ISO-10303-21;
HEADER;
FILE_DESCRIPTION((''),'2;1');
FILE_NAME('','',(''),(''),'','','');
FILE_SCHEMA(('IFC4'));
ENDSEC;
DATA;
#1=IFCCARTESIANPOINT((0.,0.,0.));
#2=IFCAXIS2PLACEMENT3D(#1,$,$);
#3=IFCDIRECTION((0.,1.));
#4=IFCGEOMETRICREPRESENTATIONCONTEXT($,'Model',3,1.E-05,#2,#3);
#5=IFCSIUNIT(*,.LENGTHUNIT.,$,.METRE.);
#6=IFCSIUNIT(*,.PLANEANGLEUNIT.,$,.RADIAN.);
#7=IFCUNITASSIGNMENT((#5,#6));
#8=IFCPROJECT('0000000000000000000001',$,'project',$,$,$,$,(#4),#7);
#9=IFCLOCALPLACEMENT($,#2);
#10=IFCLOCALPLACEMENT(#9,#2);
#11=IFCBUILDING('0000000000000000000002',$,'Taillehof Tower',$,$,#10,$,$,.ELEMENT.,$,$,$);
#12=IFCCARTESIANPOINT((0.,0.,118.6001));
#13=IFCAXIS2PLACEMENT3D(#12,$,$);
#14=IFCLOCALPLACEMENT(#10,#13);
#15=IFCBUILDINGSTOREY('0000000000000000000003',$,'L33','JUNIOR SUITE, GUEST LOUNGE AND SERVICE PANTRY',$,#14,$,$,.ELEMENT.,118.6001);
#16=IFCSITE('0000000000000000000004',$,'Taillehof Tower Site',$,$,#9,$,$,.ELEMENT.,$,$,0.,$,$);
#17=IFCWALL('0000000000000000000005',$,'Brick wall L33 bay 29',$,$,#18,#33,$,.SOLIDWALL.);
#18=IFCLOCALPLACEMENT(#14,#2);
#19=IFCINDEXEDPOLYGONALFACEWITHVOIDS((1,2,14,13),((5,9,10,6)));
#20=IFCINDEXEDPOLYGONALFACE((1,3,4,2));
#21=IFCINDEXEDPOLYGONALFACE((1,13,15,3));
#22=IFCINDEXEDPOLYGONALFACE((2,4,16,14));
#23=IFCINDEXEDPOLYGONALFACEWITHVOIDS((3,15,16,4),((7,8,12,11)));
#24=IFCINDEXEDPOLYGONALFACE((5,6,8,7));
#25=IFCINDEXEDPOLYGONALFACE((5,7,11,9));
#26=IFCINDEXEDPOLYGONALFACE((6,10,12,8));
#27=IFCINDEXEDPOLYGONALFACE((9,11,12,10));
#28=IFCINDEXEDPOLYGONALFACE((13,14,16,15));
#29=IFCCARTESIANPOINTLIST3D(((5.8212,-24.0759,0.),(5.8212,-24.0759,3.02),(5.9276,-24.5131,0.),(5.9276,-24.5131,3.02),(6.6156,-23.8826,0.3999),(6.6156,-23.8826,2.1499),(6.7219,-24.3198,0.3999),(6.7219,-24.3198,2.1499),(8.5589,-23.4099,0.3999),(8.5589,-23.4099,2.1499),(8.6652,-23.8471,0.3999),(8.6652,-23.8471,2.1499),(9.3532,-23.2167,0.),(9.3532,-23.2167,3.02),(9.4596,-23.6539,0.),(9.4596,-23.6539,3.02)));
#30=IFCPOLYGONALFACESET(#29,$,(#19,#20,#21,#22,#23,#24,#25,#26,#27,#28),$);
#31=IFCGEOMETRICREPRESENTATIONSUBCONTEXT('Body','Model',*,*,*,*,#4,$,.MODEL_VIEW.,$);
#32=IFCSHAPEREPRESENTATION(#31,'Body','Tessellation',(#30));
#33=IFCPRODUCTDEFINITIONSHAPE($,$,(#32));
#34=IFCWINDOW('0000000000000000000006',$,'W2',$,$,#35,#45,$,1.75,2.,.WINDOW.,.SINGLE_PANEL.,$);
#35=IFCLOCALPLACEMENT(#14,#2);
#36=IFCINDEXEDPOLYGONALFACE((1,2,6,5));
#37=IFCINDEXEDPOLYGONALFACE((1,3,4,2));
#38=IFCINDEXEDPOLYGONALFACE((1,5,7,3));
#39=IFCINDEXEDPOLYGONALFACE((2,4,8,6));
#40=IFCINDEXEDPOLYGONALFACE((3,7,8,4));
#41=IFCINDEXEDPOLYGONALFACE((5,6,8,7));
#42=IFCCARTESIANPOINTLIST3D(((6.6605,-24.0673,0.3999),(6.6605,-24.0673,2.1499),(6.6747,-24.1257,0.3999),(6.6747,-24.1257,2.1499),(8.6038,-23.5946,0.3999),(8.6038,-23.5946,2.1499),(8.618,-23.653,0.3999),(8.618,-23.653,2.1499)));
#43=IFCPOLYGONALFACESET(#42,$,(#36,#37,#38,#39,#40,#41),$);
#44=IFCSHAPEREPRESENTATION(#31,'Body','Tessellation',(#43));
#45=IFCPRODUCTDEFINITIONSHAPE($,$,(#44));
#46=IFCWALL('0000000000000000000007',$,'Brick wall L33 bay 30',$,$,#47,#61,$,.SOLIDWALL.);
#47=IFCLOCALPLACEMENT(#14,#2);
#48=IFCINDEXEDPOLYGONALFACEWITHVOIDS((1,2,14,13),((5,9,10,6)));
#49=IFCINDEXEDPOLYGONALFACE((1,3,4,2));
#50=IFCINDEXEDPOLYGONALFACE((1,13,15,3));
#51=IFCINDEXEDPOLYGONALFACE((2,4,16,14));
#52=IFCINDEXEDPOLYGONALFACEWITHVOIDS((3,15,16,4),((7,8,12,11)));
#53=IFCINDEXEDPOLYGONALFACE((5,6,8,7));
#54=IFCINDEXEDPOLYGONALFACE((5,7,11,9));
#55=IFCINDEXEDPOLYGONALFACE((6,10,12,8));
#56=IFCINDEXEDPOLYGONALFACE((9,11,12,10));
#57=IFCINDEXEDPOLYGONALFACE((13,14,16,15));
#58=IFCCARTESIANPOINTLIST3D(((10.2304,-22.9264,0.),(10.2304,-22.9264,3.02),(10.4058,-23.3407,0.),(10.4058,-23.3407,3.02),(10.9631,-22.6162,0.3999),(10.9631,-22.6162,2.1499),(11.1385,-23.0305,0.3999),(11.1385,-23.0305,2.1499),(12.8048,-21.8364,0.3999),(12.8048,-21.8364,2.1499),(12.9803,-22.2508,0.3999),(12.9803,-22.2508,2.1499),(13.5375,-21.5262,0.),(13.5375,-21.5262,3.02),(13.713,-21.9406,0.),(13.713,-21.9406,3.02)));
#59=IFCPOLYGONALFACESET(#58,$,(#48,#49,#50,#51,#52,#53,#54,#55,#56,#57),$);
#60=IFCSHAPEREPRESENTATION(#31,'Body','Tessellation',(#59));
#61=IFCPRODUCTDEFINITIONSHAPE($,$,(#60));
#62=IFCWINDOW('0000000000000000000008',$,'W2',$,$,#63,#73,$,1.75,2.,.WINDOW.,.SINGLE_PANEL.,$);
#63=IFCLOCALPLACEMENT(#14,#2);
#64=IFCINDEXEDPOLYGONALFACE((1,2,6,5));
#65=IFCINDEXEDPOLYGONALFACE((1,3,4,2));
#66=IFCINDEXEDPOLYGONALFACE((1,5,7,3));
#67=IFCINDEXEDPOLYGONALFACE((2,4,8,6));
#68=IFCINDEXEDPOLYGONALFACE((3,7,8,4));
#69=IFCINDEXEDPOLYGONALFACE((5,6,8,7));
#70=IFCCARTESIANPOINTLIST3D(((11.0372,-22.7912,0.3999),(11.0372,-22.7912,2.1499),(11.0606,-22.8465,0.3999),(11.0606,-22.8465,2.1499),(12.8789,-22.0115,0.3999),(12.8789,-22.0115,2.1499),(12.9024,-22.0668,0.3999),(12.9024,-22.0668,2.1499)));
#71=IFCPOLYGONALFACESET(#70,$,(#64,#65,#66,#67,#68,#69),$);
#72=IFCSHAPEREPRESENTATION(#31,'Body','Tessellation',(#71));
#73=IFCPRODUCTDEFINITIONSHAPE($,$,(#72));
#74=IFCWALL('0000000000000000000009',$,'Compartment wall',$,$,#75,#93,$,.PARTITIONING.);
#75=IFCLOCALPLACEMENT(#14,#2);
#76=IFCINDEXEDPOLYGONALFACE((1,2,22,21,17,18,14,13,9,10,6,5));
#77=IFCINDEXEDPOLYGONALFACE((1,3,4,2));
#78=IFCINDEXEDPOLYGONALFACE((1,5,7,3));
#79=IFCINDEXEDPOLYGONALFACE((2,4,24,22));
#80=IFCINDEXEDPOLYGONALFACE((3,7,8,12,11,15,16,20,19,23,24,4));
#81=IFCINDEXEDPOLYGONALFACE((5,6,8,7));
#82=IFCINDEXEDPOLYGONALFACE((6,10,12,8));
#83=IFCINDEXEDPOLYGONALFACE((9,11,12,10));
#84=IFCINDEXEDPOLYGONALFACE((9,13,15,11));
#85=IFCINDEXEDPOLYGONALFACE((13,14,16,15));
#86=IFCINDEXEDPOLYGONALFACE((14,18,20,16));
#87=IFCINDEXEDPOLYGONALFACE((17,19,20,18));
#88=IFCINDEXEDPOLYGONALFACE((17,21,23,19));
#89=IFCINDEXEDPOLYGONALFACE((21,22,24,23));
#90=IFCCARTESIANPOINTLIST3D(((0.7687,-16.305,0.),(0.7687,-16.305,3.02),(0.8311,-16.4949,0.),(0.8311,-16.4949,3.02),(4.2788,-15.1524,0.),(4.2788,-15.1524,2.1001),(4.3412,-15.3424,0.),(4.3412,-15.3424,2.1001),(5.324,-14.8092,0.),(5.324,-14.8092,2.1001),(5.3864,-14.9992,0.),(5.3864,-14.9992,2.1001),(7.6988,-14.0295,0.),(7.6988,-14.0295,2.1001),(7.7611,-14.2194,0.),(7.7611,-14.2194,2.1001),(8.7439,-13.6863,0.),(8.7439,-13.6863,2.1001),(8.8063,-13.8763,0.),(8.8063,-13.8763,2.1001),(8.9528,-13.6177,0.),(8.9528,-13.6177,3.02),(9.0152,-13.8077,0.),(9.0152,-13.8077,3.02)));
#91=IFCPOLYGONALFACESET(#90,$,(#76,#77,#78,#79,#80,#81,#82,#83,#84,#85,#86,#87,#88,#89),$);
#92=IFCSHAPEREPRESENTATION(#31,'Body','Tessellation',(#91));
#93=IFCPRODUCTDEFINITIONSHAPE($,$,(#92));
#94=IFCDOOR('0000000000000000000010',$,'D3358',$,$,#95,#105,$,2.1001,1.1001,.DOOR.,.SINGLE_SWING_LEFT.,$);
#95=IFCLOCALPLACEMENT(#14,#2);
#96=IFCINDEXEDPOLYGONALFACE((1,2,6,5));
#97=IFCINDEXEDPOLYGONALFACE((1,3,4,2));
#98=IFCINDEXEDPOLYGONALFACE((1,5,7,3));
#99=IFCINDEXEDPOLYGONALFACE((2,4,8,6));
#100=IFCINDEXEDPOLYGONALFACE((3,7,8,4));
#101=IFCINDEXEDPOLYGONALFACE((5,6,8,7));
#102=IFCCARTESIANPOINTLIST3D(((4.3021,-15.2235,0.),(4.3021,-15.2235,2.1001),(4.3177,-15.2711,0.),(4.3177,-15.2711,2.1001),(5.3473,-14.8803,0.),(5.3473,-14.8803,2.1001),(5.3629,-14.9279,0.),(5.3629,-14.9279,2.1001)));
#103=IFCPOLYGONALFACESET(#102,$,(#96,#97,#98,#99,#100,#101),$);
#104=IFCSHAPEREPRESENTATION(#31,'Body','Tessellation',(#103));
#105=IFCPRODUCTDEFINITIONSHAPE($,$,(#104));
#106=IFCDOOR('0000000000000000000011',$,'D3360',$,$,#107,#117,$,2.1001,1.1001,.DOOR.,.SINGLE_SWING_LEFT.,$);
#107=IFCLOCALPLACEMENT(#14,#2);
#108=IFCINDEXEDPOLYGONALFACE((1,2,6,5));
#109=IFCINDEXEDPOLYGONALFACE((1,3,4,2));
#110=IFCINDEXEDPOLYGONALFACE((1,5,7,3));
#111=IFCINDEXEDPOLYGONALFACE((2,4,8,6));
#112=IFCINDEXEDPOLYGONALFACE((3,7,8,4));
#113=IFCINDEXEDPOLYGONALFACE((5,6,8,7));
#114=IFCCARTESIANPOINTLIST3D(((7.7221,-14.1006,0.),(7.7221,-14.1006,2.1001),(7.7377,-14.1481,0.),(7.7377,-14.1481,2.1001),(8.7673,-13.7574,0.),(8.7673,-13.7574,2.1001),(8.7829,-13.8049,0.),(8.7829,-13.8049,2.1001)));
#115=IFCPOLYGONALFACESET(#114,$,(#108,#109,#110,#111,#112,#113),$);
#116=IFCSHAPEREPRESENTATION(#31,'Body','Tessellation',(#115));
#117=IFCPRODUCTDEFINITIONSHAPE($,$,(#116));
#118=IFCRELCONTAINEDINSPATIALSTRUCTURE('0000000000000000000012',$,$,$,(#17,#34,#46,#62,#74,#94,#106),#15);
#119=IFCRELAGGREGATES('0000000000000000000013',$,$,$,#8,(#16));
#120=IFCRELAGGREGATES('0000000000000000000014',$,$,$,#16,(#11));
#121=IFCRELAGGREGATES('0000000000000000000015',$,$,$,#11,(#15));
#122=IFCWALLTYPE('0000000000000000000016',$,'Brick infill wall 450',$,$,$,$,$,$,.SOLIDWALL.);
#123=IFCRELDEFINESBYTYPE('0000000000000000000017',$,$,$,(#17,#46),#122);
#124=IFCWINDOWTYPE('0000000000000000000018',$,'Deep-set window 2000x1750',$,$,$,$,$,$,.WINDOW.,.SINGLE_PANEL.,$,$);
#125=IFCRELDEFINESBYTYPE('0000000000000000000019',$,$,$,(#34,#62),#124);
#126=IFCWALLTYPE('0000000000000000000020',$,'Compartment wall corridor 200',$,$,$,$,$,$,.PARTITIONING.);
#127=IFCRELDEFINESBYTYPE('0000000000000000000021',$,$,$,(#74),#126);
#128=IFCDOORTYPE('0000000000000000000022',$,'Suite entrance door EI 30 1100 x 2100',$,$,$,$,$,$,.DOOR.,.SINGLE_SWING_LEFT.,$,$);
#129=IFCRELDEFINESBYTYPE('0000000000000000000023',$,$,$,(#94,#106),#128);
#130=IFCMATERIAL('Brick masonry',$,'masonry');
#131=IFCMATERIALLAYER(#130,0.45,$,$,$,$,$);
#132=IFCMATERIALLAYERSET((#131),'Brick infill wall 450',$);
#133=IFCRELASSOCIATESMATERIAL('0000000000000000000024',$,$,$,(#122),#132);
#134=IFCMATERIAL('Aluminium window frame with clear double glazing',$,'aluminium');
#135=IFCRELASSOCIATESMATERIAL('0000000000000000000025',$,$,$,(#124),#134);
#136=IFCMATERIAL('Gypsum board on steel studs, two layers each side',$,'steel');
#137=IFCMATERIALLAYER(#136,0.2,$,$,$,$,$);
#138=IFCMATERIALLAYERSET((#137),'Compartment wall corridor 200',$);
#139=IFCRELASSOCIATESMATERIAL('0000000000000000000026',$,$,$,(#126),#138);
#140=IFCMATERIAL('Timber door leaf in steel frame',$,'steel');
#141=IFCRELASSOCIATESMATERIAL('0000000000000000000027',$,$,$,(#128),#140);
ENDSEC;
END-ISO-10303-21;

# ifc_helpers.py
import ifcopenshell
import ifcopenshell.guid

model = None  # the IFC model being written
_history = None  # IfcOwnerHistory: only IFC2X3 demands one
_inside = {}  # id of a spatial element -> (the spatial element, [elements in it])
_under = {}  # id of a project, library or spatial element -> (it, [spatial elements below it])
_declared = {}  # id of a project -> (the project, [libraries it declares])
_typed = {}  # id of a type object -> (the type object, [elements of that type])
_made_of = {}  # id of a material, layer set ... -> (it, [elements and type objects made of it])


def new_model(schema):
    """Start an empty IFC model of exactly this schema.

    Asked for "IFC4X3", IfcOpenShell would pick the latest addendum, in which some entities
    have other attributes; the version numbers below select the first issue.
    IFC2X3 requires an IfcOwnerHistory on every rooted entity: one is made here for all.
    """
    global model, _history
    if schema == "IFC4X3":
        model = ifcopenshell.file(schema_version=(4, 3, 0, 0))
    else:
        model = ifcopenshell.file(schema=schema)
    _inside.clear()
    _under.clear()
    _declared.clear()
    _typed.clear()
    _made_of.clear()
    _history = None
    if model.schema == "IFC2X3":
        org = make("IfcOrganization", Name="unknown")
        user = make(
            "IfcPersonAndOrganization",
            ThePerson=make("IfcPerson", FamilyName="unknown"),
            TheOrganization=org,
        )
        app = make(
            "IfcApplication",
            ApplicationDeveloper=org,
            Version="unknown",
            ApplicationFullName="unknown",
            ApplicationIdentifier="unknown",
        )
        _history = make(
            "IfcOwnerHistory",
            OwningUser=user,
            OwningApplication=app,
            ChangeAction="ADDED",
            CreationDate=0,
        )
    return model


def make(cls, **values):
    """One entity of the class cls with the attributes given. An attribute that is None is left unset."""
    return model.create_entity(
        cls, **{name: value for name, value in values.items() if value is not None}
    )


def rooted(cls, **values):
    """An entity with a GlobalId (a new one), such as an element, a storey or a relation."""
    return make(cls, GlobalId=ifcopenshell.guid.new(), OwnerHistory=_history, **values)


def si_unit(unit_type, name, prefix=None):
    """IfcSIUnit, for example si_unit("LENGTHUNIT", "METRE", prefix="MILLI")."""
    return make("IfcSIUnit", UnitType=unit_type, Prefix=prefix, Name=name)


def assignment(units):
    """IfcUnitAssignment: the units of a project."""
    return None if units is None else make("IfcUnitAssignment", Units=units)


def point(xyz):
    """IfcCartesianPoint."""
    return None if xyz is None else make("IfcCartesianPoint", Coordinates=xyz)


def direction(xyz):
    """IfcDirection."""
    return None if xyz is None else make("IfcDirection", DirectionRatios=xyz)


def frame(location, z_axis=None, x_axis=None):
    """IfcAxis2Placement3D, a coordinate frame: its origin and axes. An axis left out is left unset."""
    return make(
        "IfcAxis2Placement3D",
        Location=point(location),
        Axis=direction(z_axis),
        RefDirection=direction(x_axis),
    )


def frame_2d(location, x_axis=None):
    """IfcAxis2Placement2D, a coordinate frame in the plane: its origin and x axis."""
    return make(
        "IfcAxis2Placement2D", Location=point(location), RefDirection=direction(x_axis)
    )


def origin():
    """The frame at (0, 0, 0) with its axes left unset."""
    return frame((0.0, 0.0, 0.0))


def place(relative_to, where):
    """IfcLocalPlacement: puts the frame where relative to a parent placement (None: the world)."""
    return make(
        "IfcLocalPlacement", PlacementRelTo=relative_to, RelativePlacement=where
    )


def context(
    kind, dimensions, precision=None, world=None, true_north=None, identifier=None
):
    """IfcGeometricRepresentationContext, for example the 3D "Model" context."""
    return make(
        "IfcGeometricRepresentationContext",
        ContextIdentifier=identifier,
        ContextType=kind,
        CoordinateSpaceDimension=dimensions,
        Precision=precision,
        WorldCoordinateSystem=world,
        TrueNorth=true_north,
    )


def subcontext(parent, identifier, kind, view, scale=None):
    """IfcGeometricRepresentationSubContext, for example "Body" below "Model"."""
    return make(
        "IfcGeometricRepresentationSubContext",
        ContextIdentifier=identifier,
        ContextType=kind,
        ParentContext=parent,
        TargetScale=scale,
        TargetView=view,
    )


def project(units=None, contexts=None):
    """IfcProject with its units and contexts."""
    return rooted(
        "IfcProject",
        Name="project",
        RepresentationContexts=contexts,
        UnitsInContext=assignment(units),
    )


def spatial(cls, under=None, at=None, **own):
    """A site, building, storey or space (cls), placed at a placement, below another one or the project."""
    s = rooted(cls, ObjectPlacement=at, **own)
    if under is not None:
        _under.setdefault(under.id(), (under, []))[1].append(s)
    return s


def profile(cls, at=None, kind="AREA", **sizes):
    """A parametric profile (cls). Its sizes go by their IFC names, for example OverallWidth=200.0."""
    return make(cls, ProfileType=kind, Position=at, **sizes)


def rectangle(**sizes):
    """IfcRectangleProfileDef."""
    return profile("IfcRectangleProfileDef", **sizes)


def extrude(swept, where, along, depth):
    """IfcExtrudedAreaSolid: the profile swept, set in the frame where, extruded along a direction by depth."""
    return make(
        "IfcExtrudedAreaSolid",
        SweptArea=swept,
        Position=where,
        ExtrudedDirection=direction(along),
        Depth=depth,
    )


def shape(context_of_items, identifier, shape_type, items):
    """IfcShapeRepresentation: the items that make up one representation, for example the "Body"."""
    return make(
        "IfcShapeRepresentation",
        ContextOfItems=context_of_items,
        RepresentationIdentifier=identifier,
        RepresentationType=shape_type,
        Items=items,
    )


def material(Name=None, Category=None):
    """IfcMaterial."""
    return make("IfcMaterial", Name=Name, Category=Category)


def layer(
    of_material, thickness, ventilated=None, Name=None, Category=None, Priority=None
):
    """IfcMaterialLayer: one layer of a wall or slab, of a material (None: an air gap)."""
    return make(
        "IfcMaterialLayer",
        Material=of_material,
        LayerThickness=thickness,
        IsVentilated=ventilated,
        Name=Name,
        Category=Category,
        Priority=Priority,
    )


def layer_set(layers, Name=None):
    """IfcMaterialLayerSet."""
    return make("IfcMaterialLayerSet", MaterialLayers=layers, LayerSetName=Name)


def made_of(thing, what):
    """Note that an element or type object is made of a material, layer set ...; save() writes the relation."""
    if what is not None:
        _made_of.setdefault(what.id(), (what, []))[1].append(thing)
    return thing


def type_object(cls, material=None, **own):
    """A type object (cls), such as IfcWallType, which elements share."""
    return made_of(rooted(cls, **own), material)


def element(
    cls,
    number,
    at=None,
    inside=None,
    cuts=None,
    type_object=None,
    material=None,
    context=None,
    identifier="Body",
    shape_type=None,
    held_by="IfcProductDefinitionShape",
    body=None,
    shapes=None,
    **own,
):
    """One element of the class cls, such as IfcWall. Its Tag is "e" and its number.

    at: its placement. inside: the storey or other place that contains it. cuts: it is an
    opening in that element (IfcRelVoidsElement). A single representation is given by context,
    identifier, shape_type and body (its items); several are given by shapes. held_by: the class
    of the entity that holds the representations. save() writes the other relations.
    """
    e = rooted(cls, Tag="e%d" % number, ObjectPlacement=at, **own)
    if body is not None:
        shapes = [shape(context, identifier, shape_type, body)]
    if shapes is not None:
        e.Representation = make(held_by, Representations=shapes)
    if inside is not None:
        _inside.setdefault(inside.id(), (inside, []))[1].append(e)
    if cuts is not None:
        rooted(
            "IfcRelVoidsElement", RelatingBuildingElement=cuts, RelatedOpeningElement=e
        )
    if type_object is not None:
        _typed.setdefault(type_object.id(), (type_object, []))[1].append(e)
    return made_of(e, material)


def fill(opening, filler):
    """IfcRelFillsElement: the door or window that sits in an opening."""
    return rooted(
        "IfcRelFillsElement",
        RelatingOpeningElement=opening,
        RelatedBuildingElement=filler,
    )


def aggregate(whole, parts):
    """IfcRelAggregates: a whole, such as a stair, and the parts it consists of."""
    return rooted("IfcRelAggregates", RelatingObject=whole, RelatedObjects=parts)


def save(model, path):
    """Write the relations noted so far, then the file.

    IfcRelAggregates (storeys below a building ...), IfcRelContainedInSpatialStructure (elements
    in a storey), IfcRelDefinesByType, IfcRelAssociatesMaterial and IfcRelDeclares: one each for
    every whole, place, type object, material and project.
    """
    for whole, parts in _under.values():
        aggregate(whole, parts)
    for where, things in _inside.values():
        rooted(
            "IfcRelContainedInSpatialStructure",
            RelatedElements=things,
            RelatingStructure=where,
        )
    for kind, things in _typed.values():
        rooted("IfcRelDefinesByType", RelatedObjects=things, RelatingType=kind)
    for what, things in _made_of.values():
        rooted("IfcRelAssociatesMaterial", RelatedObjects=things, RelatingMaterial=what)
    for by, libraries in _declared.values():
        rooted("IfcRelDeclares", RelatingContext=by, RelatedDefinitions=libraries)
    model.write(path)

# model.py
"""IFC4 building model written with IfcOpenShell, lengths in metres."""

from ifc_helpers import new_model, si_unit, direction, frame, frame_2d, origin, place, context, subcontext, project, spatial, rectangle, extrude, material, layer, layer_set, type_object, element, fill, save


model = new_model("IFC4")

# Units and contexts
model_context = context("Model", 3, precision=1e-05, world=origin(), true_north=direction((0.0, 1.0)))
body_context = subcontext(model_context, "Body", "Model", "MODEL_VIEW")
ifc_project = project(units=[si_unit("LENGTHUNIT", "METRE"), si_unit("PLANEANGLEUNIT", "RADIAN")], contexts=[model_context])

# Site, building, storey
site_placement = place(None, origin())
site = spatial("IfcSite", under=ifc_project, at=site_placement, Name="Taillehof Tower Site", CompositionType="ELEMENT", RefElevation=0.0)
building_placement = place(site_placement, origin())
building = spatial("IfcBuilding", under=site, at=building_placement, Name="Taillehof Tower", CompositionType="ELEMENT")
storey_placement = place(building_placement, frame((0.0, 0.0, 118.6001)))
storey = spatial("IfcBuildingStorey", under=building, at=storey_placement, Name="L33", Description="JUNIOR SUITE, GUEST LOUNGE AND SERVICE PANTRY", CompositionType="ELEMENT", Elevation=118.6001)

# Walls, openings, windows
ifc_material_1 = material(Name="Brick masonry", Category="masonry")
ifc_layer_1 = layer(ifc_material_1, 0.45)
ifc_layer_set_1 = layer_set([ifc_layer_1], Name="Brick infill wall 450")
wall_type_1 = type_object("IfcWallType", Name="Brick infill wall 450", PredefinedType="SOLIDWALL", material=ifc_layer_set_1)
ifc_material_2 = material(Name="Aluminium window frame with clear double glazing", Category="aluminium")
window_type = type_object("IfcWindowType", Name="Deep-set window 2000x1750", PartitioningType="SINGLE_PANEL", PredefinedType="WINDOW", material=ifc_material_2)
wall_1_placement = place(storey_placement, frame((5.8745, -24.2944, 0.0), z_axis=(0.0, 0.0, 1.0), x_axis=(0.971668, 0.236352, 0.0)))
wall_1 = element("IfcWall", 1, at=wall_1_placement, inside=storey, type_object=wall_type_1, Name="Brick wall L33 bay 29", PredefinedType="SOLIDWALL", context=body_context, shape_type="SweptSolid", body=[
    extrude(rectangle(XDim=3.635, YDim=0.45, at=frame_2d((1.8174, 0.0))), origin(), (0.0, 0.0, 1.0), 3.02),
])
opening_1_placement = place(wall_1_placement, frame((0.8174, 0.0, 0.3999)))
opening_1 = element("IfcOpeningElement", 2, at=opening_1_placement, cuts=wall_1, PredefinedType="OPENING", context=body_context, shape_type="SweptSolid", body=[
    extrude(rectangle(XDim=2.0, YDim=1.75, at=frame_2d((1.0, 0.875))), frame((0.0, 0.2349, 0.0), z_axis=(0.0, -1.0, 0.0), x_axis=(1.0, 0.0, 0.0)), (0.0, 0.0, 1.0), 0.47),
])
window_1_placement = place(opening_1_placement, origin())
window_1 = element("IfcWindow", 3, at=window_1_placement, inside=storey, type_object=window_type, Name="W2", OverallHeight=1.75, OverallWidth=2.0, PartitioningType="SINGLE_PANEL", PredefinedType="WINDOW", context=body_context, shape_type="SweptSolid", body=[
    extrude(rectangle(XDim=2.0, YDim=1.75, at=frame_2d((1.0, 0.875))), frame((0.0, 0.0349, 0.0), z_axis=(0.0, -1.0, 0.0), x_axis=(1.0, 0.0, 0.0)), (0.0, 0.0, 1.0), 0.0601),
])
fill(opening_1, window_1)
wall_2_placement = place(storey_placement, frame((10.3181, -23.1335, 0.0), z_axis=(0.0, 0.0, 1.0), x_axis=(0.92087, 0.389871, 0.0)))
wall_2 = element("IfcWall", 4, at=wall_2_placement, inside=storey, type_object=wall_type_1, Name="Brick wall L33 bay 30", PredefinedType="SOLIDWALL", context=body_context, shape_type="SweptSolid", body=[
    extrude(rectangle(XDim=3.5913, YDim=0.45, at=frame_2d((1.7957, 0.0))), origin(), (0.0, 0.0, 1.0), 3.02),
])
opening_2_placement = place(wall_2_placement, frame((0.7957, 0.0, 0.3999)))
opening_2 = element("IfcOpeningElement", 5, at=opening_2_placement, cuts=wall_2, PredefinedType="OPENING", context=body_context, shape_type="SweptSolid", body=[
    extrude(rectangle(XDim=2.0, YDim=1.75, at=frame_2d((1.0, 0.875))), frame((0.0, 0.2349, 0.0), z_axis=(0.0, -1.0, 0.0), x_axis=(1.0, 0.0, 0.0)), (0.0, 0.0, 1.0), 0.47),
])
window_2_placement = place(opening_2_placement, origin())
window_2 = element("IfcWindow", 6, at=window_2_placement, inside=storey, type_object=window_type, Name="W2", OverallHeight=1.75, OverallWidth=2.0, PartitioningType="SINGLE_PANEL", PredefinedType="WINDOW", context=body_context, shape_type="SweptSolid", body=[
    extrude(rectangle(XDim=2.0, YDim=1.75, at=frame_2d((1.0, 0.875))), frame((0.0, 0.0349, 0.0), z_axis=(0.0, -1.0, 0.0), x_axis=(1.0, 0.0, 0.0)), (0.0, 0.0, 1.0), 0.0601),
])
fill(opening_2, window_2)

# Wall, openings, doors
ifc_material_3 = material(Name="Gypsum board on steel studs, two layers each side", Category="steel")
ifc_layer_2 = layer(ifc_material_3, 0.2)
ifc_layer_set_2 = layer_set([ifc_layer_2], Name="Compartment wall corridor 200")
wall_type_2 = type_object("IfcWallType", Name="Compartment wall corridor 200", PredefinedType="PARTITIONING", material=ifc_layer_set_2)
wall_3_placement = place(storey_placement, frame((8.9841, -13.7126, 0.0), z_axis=(0.0, 0.0, 1.0), x_axis=(-0.950094, -0.311965, 0.0)))
wall_3 = element("IfcWall", 7, at=wall_3_placement, inside=storey, type_object=wall_type_2, Name="Compartment wall", PredefinedType="PARTITIONING", context=body_context, shape_type="SweptSolid", body=[
    extrude(rectangle(XDim=8.614, YDim=0.2, at=frame_2d((4.3071, 0.0))), origin(), (0.0, 0.0, 1.0), 3.02),
])
opening_3_placement = place(wall_3_placement, frame((3.8196, 0.0, 0.0)))
opening_3 = element("IfcOpeningElement", 8, at=opening_3_placement, cuts=wall_3, PredefinedType="OPENING", context=body_context, shape_type="SweptSolid", body=[
    extrude(rectangle(XDim=1.1001, YDim=2.1001, at=frame_2d((0.55, 1.05))), frame((0.0, 0.1099, 0.0), z_axis=(0.0, -1.0, 0.0), x_axis=(1.0, 0.0, 0.0)), (0.0, 0.0, 1.0), 0.22),
])
opening_4_placement = place(wall_3_placement, frame((0.22, 0.0, 0.0)))
opening_4 = element("IfcOpeningElement", 9, at=opening_4_placement, cuts=wall_3, PredefinedType="OPENING", context=body_context, shape_type="SweptSolid", body=[
    extrude(rectangle(XDim=1.1001, YDim=2.1001, at=frame_2d((0.55, 1.05))), frame((0.0, 0.1099, 0.0), z_axis=(0.0, -1.0, 0.0), x_axis=(1.0, 0.0, 0.0)), (0.0, 0.0, 1.0), 0.22),
])
ifc_material_4 = material(Name="Timber door leaf in steel frame", Category="steel")
door_type_1 = type_object("IfcDoorType", Name="Suite entrance door EI 30 1100 x 2100", OperationType="SINGLE_SWING_LEFT", PredefinedType="DOOR", material=ifc_material_4)
door_1_placement = place(opening_3_placement, origin())
door_1 = element("IfcDoor", 10, at=door_1_placement, inside=storey, type_object=door_type_1, Name="D3358", OperationType="SINGLE_SWING_LEFT", OverallHeight=2.1001, OverallWidth=1.1001, PredefinedType="DOOR", context=body_context, shape_type="SweptSolid", body=[
    extrude(rectangle(XDim=1.1001, YDim=2.1001, at=frame_2d((0.55, 1.05))), frame((0.0, 0.0249, 0.0), z_axis=(0.0, -1.0, 0.0), x_axis=(1.0, 0.0, 0.0)), (0.0, 0.0, 1.0), 0.05),
])
fill(opening_3, door_1)
door_2_placement = place(opening_4_placement, origin())
door_2 = element("IfcDoor", 11, at=door_2_placement, inside=storey, type_object=door_type_1, Name="D3360", OperationType="SINGLE_SWING_LEFT", OverallHeight=2.1001, OverallWidth=1.1001, PredefinedType="DOOR", context=body_context, shape_type="SweptSolid", body=[
    extrude(rectangle(XDim=1.1001, YDim=2.1001, at=frame_2d((0.55, 1.05))), frame((0.0, 0.0249, 0.0), z_axis=(0.0, -1.0, 0.0), x_axis=(1.0, 0.0, 0.0)), (0.0, 0.0, 1.0), 0.05),
])
fill(opening_4, door_2)

save(model, "model.ifc")
